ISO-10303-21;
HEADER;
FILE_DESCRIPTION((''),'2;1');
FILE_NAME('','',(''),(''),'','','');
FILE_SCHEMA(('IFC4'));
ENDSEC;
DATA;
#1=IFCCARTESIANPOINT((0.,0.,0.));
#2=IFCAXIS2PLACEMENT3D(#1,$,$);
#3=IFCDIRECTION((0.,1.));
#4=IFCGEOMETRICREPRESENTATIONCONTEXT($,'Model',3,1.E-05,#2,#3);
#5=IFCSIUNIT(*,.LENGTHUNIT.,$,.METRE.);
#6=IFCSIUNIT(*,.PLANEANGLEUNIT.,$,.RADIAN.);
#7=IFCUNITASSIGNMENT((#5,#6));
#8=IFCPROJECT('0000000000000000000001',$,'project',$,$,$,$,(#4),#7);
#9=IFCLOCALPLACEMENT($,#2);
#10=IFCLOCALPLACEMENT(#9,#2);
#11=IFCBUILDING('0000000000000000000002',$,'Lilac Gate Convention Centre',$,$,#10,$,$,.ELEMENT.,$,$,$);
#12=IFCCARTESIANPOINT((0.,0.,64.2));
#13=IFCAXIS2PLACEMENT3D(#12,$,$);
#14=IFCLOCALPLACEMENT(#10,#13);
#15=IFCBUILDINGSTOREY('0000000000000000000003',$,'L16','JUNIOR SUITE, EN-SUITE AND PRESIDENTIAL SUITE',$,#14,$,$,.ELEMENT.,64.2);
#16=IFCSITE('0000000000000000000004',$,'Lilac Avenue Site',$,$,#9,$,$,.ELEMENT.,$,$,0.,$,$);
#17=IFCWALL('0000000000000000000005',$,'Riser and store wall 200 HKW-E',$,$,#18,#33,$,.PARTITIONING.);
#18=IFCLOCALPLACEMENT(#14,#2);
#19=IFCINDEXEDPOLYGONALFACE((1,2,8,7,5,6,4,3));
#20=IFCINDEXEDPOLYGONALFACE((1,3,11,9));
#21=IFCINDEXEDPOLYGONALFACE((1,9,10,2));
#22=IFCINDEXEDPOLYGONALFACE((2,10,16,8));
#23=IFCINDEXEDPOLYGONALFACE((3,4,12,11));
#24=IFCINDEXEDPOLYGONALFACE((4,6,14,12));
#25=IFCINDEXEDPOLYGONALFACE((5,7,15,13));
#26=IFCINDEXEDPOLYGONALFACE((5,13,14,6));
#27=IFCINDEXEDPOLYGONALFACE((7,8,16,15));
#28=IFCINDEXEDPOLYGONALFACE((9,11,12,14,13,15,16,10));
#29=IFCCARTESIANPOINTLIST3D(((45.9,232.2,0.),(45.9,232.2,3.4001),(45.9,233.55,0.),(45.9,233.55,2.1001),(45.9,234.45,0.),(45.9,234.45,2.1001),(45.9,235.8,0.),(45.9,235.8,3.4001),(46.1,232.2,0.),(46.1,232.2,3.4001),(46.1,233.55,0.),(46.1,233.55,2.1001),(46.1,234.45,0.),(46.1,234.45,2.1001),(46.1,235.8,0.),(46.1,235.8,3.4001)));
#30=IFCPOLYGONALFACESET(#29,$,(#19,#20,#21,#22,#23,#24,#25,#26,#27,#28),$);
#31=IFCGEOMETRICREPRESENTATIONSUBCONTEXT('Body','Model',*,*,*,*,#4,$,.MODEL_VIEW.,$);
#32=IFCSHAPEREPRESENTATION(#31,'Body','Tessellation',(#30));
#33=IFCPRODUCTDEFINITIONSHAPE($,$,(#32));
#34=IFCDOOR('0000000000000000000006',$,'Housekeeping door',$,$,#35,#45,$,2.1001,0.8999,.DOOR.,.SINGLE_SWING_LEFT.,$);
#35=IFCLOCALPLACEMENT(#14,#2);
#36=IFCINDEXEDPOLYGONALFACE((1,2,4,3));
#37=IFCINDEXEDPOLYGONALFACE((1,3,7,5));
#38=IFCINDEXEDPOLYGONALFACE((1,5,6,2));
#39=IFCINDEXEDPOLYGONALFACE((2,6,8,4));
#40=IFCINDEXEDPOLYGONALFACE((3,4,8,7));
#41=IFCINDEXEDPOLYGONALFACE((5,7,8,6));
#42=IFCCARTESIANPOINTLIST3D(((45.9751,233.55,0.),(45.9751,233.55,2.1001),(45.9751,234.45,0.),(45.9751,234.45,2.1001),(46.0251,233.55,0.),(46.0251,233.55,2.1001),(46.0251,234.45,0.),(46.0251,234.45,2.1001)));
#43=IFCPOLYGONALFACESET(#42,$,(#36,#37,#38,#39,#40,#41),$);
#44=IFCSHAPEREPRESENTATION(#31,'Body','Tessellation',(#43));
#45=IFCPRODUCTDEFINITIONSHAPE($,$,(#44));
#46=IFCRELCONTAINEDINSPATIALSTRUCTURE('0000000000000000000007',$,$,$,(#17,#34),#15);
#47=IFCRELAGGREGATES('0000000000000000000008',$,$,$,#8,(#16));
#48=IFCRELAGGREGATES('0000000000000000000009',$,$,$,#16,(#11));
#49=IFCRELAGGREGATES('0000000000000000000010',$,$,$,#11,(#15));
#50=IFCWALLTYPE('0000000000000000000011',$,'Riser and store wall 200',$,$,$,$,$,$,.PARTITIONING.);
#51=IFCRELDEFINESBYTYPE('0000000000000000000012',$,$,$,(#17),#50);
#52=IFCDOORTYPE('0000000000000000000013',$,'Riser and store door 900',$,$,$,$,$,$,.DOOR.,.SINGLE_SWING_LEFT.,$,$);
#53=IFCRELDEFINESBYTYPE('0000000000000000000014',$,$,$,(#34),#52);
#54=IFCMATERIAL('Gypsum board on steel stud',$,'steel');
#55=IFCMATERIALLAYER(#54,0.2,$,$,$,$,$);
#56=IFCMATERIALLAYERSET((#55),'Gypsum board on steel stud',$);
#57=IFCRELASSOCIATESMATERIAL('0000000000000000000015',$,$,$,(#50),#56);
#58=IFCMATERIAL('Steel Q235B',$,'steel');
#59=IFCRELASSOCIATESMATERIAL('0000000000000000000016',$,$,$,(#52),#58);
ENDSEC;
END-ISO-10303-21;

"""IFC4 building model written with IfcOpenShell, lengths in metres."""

from ifc_helpers import new_model, si_unit, direction, frame, frame_2d, origin, place, context, subcontext, project, spatial, rectangle, extrude, material, layer, layer_set, type_object, element, fill, save


model = new_model("IFC4")

# Units and contexts
model_context = context("Model", 3, precision=1e-05, world=origin(), true_north=direction((0.0, 1.0)))
body_context = subcontext(model_context, "Body", "Model", "MODEL_VIEW")
ifc_project = project(units=[si_unit("LENGTHUNIT", "METRE"), si_unit("PLANEANGLEUNIT", "RADIAN")], contexts=[model_context])

# Site, building, storey
site_placement = place(None, origin())
site = spatial("IfcSite", under=ifc_project, at=site_placement, Name="Lilac Avenue Site", CompositionType="ELEMENT", RefElevation=0.0)
building_placement = place(site_placement, origin())
building = spatial("IfcBuilding", under=site, at=building_placement, Name="Lilac Gate Convention Centre", CompositionType="ELEMENT")
storey_placement = place(building_placement, frame((0.0, 0.0, 64.2)))
storey = spatial("IfcBuildingStorey", under=building, at=storey_placement, Name="L16", Description="JUNIOR SUITE, EN-SUITE AND PRESIDENTIAL SUITE", CompositionType="ELEMENT", Elevation=64.2)

# Shared definitions
ifc_material_1 = material(Name="Gypsum board on steel stud", Category="steel")

# Shared definitions
ifc_layer_1 = layer(ifc_material_1, 0.2)
ifc_layer_set_1 = layer_set([ifc_layer_1], Name="Gypsum board on steel stud")
wall_type_1 = type_object("IfcWallType", Name="Riser and store wall 200", PredefinedType="PARTITIONING", material=ifc_layer_set_1)

# Wall, opening, door
wall_1_placement = place(storey_placement, frame((46.0, 232.2, 0.0), z_axis=(0.0, 0.0, 1.0), x_axis=(0.0, 1.0, 0.0)))
wall_1 = element("IfcWall", 1, at=wall_1_placement, inside=storey, type_object=wall_type_1, Name="Riser and store wall 200 HKW-E", PredefinedType="PARTITIONING", context=body_context, shape_type="SweptSolid", body=[
    extrude(rectangle(XDim=3.6001, YDim=0.2, at=frame_2d((1.8, 0.0))), origin(), (0.0, 0.0, 1.0), 3.4001),
])
opening_1_placement = place(wall_1_placement, frame((1.3501, 0.0, 0.0)))
opening_1 = element("IfcOpeningElement", 2, at=opening_1_placement, cuts=wall_1, PredefinedType="OPENING", context=body_context, shape_type="SweptSolid", body=[
    extrude(rectangle(XDim=0.8999, YDim=2.1001, at=frame_2d((0.45, 1.05))), frame((0.0, 0.1099, 0.0), z_axis=(0.0, -1.0, 0.0), x_axis=(1.0, 0.0, 0.0)), (0.0, 0.0, 1.0), 0.22),
])
ifc_material_2 = material(Name="Steel Q235B", Category="steel")
door_type_1 = type_object("IfcDoorType", Name="Riser and store door 900", OperationType="SINGLE_SWING_LEFT", PredefinedType="DOOR", material=ifc_material_2)
door_1_placement = place(opening_1_placement, origin())
door_1 = element("IfcDoor", 3, at=door_1_placement, inside=storey, type_object=door_type_1, Name="Housekeeping door", OperationType="SINGLE_SWING_LEFT", OverallHeight=2.1001, OverallWidth=0.8999, PredefinedType="DOOR", context=body_context, shape_type="SweptSolid", body=[
    extrude(rectangle(XDim=0.8999, YDim=2.1001, at=frame_2d((0.45, 1.05))), frame((0.0, 0.0249, 0.0), z_axis=(0.0, -1.0, 0.0), x_axis=(1.0, 0.0, 0.0)), (0.0, 0.0, 1.0), 0.05),
])
fill(opening_1, door_1)

save(model, "model.ifc")
